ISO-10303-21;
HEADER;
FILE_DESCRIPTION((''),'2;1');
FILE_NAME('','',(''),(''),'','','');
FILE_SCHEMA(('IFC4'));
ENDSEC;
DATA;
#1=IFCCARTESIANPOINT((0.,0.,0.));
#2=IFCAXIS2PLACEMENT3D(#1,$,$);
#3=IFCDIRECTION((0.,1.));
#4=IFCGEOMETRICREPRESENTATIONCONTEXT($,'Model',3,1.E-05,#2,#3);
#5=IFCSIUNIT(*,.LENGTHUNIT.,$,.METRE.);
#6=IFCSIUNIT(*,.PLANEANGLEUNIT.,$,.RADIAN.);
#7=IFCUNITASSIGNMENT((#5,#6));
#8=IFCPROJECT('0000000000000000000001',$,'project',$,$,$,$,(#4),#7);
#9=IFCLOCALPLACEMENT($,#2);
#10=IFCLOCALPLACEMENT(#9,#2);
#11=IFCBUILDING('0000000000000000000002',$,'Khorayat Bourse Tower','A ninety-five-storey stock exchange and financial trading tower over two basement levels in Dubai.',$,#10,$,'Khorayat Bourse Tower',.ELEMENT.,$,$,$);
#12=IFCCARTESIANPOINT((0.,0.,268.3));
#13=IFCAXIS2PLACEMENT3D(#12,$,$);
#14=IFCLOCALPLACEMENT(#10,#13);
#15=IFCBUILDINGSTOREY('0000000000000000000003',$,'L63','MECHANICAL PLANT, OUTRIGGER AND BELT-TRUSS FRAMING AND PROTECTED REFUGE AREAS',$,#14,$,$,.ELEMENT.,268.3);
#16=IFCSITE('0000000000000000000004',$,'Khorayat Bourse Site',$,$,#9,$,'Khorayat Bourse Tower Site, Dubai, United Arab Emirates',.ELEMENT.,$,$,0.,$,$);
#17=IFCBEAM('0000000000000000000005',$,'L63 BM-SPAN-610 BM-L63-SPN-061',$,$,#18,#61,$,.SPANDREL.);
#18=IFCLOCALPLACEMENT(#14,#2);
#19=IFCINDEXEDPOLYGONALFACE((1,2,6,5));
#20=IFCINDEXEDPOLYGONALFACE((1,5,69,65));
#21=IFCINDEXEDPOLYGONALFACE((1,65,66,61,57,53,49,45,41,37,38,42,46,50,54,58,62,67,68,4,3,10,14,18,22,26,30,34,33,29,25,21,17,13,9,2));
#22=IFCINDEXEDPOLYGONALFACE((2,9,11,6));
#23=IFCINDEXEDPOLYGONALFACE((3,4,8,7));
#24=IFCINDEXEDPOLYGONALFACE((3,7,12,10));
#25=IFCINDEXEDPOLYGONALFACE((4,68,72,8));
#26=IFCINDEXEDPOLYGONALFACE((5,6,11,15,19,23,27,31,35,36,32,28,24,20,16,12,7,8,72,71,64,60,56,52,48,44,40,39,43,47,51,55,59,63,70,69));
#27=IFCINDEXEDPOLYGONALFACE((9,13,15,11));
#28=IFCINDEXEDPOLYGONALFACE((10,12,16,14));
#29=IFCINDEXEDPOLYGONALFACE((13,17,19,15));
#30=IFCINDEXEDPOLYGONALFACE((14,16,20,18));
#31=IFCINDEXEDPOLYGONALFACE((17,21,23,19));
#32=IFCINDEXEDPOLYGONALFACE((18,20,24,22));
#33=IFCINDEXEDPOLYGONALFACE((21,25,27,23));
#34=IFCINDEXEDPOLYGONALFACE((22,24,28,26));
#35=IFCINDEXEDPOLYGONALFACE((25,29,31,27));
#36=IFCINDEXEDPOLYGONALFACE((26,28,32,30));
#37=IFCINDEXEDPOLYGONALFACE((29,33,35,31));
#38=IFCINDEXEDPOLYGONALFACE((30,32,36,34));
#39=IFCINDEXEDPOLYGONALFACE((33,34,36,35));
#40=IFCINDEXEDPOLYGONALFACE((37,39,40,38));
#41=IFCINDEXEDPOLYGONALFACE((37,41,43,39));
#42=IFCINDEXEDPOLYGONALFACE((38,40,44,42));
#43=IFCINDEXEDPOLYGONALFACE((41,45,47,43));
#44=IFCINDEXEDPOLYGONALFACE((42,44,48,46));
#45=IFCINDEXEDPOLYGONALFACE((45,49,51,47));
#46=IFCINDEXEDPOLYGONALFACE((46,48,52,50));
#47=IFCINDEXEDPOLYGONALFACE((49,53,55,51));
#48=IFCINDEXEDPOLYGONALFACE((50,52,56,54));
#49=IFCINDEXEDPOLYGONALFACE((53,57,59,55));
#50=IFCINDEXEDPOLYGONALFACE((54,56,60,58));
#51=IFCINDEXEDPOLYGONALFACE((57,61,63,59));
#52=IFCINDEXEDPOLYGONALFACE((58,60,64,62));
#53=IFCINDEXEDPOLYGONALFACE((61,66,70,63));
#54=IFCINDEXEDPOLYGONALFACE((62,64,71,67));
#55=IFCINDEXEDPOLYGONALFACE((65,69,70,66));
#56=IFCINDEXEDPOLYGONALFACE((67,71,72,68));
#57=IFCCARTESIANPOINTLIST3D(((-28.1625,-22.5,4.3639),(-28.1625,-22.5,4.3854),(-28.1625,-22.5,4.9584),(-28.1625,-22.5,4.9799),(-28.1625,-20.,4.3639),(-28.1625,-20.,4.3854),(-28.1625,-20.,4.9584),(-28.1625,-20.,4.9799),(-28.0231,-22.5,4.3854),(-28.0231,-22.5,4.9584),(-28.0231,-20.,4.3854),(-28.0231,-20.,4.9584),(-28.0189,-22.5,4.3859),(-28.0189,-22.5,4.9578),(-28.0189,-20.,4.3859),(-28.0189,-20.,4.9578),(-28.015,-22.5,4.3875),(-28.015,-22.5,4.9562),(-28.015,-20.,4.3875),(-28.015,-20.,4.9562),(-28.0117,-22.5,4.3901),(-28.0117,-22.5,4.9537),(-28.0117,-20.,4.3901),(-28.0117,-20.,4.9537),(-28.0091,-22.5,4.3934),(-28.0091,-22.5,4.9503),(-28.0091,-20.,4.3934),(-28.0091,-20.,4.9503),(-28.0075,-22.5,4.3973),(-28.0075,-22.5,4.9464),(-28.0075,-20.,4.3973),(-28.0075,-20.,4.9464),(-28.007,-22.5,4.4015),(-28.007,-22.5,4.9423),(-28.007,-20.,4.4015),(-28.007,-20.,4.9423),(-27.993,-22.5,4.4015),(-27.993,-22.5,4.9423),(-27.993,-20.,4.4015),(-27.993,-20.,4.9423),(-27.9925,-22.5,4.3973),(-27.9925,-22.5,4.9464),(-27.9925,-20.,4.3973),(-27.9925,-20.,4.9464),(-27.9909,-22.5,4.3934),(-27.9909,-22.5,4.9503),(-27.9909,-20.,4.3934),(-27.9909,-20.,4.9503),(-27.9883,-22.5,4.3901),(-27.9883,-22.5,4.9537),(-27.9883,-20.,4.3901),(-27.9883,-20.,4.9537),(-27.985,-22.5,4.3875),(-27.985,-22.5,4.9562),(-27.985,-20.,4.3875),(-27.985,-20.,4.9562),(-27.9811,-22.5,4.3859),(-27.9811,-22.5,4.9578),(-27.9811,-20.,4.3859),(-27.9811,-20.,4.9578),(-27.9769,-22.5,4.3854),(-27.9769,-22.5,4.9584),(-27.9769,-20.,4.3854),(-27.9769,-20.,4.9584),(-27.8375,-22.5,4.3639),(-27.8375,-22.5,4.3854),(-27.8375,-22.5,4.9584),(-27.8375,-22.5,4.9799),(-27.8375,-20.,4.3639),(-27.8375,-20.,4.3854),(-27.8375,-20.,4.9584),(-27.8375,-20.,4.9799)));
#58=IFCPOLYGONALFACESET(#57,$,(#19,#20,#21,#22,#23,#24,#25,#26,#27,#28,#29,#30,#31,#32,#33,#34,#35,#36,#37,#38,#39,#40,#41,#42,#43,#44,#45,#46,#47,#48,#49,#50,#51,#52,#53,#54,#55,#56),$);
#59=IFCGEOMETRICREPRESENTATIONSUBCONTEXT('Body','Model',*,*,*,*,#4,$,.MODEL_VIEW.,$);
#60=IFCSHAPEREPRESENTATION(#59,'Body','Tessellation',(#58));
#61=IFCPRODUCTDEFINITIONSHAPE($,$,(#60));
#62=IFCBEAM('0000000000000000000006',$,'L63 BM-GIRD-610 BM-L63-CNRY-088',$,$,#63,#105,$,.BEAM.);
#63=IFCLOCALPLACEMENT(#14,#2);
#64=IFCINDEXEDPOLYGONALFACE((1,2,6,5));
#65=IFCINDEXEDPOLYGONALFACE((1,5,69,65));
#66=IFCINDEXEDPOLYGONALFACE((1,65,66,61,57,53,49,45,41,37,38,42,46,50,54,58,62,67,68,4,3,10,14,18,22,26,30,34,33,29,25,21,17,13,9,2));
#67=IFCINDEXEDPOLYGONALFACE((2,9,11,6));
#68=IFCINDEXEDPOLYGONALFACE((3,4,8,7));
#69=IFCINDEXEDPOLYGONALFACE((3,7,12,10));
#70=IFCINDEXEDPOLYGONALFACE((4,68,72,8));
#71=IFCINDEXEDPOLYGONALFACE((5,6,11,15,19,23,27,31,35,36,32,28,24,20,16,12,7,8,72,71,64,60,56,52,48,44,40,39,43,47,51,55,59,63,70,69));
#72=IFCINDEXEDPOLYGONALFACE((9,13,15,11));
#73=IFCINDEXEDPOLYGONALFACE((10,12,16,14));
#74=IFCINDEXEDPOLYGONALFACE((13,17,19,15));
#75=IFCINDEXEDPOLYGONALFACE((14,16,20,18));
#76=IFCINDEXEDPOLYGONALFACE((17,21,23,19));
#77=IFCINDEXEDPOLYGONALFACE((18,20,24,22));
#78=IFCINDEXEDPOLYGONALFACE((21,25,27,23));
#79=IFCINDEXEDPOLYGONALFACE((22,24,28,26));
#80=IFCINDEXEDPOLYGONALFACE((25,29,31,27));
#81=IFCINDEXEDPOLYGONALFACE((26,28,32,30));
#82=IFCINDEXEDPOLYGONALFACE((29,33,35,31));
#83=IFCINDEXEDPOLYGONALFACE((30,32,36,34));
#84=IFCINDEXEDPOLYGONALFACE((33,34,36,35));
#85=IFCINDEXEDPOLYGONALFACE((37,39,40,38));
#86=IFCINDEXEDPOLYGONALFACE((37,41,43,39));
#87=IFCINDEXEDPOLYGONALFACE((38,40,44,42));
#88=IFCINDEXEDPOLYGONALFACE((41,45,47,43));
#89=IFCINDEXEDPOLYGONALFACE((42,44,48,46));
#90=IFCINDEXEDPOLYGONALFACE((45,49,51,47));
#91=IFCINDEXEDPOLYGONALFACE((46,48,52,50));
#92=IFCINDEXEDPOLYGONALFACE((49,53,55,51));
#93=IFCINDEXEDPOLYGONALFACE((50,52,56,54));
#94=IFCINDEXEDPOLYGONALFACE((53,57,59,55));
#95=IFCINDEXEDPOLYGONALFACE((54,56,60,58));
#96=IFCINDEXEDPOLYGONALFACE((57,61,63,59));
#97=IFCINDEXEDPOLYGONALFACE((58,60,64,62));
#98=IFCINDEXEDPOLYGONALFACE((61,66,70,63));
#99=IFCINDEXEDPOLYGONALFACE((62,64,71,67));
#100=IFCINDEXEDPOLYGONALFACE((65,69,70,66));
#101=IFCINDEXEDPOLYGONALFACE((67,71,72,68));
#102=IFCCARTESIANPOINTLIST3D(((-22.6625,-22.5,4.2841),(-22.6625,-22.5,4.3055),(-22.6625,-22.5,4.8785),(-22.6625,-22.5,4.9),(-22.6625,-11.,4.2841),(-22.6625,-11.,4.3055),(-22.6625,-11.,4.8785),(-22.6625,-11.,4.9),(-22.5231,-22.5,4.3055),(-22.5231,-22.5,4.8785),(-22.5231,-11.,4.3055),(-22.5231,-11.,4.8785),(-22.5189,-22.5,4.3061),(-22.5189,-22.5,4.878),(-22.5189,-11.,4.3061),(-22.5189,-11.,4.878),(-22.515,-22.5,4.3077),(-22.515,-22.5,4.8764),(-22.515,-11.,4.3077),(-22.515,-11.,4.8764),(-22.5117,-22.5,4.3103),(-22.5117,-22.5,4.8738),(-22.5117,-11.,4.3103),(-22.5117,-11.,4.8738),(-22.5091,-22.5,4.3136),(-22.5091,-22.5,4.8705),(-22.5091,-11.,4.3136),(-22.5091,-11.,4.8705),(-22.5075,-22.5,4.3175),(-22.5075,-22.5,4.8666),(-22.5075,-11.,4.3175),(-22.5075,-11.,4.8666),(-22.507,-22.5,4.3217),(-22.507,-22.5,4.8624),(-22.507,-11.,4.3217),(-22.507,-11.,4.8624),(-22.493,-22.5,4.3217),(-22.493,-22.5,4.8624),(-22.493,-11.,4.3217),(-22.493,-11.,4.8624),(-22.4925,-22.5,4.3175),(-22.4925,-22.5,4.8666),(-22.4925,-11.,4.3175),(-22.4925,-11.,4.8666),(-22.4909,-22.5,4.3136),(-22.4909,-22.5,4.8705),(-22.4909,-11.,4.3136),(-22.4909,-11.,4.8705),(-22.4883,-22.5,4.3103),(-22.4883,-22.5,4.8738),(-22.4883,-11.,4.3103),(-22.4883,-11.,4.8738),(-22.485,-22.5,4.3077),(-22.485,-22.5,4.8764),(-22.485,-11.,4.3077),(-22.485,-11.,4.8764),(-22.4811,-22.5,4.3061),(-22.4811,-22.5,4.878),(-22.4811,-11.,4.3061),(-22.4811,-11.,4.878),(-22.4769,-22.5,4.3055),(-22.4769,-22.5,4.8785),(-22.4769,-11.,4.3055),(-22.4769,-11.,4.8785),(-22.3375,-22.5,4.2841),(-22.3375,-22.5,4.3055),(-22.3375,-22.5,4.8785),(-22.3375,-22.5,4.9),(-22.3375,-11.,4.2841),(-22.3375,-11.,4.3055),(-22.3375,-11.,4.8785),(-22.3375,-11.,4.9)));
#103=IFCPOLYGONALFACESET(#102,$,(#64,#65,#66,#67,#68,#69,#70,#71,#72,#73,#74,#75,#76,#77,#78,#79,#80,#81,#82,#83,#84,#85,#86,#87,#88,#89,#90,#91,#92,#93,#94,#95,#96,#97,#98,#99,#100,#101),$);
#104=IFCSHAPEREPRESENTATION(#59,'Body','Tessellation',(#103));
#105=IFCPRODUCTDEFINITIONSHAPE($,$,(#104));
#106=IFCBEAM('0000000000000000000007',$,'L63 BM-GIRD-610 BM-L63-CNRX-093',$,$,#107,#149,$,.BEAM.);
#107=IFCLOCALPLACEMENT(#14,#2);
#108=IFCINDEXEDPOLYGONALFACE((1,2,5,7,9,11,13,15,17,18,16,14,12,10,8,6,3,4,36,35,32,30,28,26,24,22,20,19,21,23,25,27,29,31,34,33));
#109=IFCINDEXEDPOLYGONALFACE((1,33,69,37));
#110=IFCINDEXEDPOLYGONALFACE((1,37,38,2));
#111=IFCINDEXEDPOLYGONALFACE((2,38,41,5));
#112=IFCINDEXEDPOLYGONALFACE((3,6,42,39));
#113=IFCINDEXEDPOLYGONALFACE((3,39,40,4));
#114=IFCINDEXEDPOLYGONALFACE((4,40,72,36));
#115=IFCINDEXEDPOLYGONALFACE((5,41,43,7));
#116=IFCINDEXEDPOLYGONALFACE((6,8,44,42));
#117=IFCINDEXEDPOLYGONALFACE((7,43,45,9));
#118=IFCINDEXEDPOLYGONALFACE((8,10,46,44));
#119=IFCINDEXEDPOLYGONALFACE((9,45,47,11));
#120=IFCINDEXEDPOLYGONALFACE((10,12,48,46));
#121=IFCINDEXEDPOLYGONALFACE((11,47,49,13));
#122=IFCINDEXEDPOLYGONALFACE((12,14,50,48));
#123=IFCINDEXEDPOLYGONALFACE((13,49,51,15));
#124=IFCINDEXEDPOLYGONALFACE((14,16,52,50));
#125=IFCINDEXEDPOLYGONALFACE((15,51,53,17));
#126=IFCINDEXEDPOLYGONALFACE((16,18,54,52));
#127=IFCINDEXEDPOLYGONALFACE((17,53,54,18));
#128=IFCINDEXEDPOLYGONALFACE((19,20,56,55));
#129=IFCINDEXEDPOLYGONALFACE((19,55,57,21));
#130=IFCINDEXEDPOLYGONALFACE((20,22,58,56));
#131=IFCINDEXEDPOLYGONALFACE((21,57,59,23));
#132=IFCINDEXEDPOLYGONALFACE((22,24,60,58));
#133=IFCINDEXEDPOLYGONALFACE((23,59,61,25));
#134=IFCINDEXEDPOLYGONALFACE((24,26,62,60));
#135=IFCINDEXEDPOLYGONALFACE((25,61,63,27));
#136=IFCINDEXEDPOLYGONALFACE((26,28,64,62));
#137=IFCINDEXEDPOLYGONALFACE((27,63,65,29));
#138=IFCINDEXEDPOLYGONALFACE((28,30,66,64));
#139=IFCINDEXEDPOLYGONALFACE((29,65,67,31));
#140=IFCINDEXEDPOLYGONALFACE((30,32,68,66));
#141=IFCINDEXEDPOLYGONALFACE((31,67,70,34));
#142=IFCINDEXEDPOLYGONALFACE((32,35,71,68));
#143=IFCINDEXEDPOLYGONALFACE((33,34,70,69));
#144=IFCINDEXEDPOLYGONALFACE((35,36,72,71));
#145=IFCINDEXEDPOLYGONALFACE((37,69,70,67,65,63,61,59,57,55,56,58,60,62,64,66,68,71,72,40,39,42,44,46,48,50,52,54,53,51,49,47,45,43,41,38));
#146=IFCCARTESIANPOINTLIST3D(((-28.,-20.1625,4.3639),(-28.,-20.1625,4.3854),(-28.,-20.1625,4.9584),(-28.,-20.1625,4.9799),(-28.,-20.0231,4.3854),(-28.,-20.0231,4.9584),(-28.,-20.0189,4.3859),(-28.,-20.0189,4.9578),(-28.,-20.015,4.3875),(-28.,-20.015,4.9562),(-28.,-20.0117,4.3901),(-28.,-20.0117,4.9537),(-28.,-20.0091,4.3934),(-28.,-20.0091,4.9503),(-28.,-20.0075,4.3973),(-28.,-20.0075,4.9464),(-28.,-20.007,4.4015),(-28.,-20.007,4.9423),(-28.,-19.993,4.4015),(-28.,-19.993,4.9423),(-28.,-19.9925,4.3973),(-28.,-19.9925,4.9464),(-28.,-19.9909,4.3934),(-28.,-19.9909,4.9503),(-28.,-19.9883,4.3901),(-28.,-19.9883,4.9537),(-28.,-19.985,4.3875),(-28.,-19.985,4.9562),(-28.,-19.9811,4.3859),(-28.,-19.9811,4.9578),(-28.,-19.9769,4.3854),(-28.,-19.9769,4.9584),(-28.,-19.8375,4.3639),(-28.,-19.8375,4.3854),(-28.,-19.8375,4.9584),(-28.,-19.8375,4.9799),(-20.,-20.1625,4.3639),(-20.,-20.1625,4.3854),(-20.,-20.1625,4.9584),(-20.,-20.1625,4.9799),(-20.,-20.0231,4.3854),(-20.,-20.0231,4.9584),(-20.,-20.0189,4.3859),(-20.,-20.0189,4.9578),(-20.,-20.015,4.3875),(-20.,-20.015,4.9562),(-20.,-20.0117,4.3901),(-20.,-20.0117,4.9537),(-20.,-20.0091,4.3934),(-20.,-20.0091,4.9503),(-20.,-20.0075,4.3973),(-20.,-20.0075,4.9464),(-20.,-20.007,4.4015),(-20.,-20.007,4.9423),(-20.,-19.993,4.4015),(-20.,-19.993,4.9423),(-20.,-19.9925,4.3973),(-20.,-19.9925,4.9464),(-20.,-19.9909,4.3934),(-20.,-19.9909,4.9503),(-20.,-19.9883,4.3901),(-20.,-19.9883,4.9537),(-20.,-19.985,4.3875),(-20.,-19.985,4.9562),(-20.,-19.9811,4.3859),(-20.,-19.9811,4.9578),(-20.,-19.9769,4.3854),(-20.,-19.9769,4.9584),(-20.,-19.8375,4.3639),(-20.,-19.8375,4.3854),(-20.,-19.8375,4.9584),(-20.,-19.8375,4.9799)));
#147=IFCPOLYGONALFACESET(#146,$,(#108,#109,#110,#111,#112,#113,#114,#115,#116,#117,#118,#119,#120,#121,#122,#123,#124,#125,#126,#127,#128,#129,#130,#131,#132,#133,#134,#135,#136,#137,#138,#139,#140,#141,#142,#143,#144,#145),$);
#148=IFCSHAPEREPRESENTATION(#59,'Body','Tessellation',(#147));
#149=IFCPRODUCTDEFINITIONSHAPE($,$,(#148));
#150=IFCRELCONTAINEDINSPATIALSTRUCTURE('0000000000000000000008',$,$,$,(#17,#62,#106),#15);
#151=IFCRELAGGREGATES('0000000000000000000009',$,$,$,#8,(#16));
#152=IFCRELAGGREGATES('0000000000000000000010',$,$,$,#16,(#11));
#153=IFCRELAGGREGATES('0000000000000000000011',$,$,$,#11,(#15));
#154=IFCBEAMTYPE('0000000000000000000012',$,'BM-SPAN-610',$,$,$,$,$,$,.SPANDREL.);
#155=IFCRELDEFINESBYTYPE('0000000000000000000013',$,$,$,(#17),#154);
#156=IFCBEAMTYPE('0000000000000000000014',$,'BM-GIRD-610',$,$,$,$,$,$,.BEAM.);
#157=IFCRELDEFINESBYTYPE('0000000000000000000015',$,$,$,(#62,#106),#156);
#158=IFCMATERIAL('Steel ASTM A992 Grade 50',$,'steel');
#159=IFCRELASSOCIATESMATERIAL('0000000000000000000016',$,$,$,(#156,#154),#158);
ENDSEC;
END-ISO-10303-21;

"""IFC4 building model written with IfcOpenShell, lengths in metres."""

from ifc_helpers import new_model, si_unit, direction, frame, origin, origin_2d, place, context, subcontext, project, spatial, i_section, extrude, source, transform, mapped, material, material_profile, profile_set, type_object, element, save


model = new_model("IFC4")

# Units and contexts
model_context = context("Model", 3, precision=1e-05, world=origin(), true_north=direction((0.0, 1.0)))
body_context = subcontext(model_context, "Body", "Model", "MODEL_VIEW")
ifc_project = project(units=[si_unit("LENGTHUNIT", "METRE"), si_unit("PLANEANGLEUNIT", "RADIAN")], contexts=[model_context])

# Site, building, storey
site_placement = place(None, origin())
site = spatial("IfcSite", under=ifc_project, at=site_placement, Name="Khorayat Bourse Site", LongName="Khorayat Bourse Tower Site, Dubai, United Arab Emirates", CompositionType="ELEMENT", RefElevation=0.0)
building_placement = place(site_placement, origin())
building = spatial("IfcBuilding", under=site, at=building_placement, Name="Khorayat Bourse Tower", Description="A ninety-five-storey stock exchange and financial trading tower over two basement levels in Dubai.", LongName="Khorayat Bourse Tower", CompositionType="ELEMENT")
storey_placement = place(building_placement, frame((0.0, 0.0, 268.3)))
storey = spatial("IfcBuildingStorey", under=building, at=storey_placement, Name="L63", Description="MECHANICAL PLANT, OUTRIGGER AND BELT-TRUSS FRAMING AND PROTECTED REFUGE AREAS", CompositionType="ELEMENT", Elevation=268.3)

# Beams
ifc_material_1 = material(Name="Steel ASTM A992 Grade 50", Category="steel")
ifc_material_profile_1 = material_profile(ifc_material_1, i_section(OverallWidth=0.325, OverallDepth=0.616, WebThickness=0.0139, FlangeThickness=0.0215, FilletRadius=0.0161, at=origin_2d()), Name="W610X174")
ifc_profile_set_1 = profile_set([ifc_material_profile_1], Name="Steel ASTM A992 Grade 50")
beam_type_1 = type_object("IfcBeamType", Name="BM-GIRD-610", PredefinedType="BEAM", material=ifc_profile_set_1)
ifc_material_profile_2 = material_profile(ifc_material_1, i_section(OverallWidth=0.325, OverallDepth=0.616, WebThickness=0.0139, FlangeThickness=0.0215, FilletRadius=0.0161, at=origin_2d()), Name="W610X174")
ifc_profile_set_2 = profile_set([ifc_material_profile_2], Name="Steel ASTM A992 Grade 50")
beam_type_2 = type_object("IfcBeamType", Name="BM-SPAN-610", PredefinedType="SPANDREL", material=ifc_profile_set_2)
shared_shape_1 = source(origin(), body_context, "Body", "SweptSolid", [
    extrude(i_section(OverallWidth=0.325, OverallDepth=0.616, WebThickness=0.0139, FlangeThickness=0.0215, FilletRadius=0.0161, at=origin_2d()), origin(), (0.0, 0.0, 1.0), 2.5),
])
for number, where, z_axis, x_axis, name in (
    (1, (-28.0, -22.5, 4.6719), (0.0, 1.0, 0.0), (-1.0, 0.0, 0.0), "L63 BM-SPAN-610 BM-L63-SPN-061"),
):
    element("IfcBeam", number, at=place(storey_placement, frame(where, z_axis=z_axis, x_axis=x_axis)), inside=storey, type_object=beam_type_2, Name=name, PredefinedType="SPANDREL", context=body_context, shape_type="MappedRepresentation", body=[
        mapped(shared_shape_1, transform((0.0, 0.0, 0.0), scale=1.0)),
    ])
shared_shape_2 = source(origin(), body_context, "Body", "SweptSolid", [
    extrude(i_section(OverallWidth=0.325, OverallDepth=0.616, WebThickness=0.0139, FlangeThickness=0.0215, FilletRadius=0.0161, at=origin_2d()), origin(), (0.0, 0.0, 1.0), 11.5),
])
beam_1_placement = place(storey_placement, frame((-22.5, -22.5, 4.592), z_axis=(0.0, 1.0, 0.0), x_axis=(-1.0, 0.0, 0.0)))
element("IfcBeam", 2, at=beam_1_placement, inside=storey, type_object=beam_type_1, Name="L63 BM-GIRD-610 BM-L63-CNRY-088", PredefinedType="BEAM", context=body_context, shape_type="MappedRepresentation", body=[
    mapped(shared_shape_2, transform((0.0, 0.0, 0.0), scale=1.0)),
])
shared_shape_3 = source(origin(), body_context, "Body", "SweptSolid", [
    extrude(i_section(OverallWidth=0.325, OverallDepth=0.616, WebThickness=0.0139, FlangeThickness=0.0215, FilletRadius=0.0161, at=origin_2d()), origin(), (0.0, 0.0, 1.0), 8.0),
])
beam_2_placement = place(storey_placement, frame((-28.0, -20.0, 4.6719), z_axis=(1.0, 0.0, 0.0), x_axis=(0.0, 1.0, 0.0)))
element("IfcBeam", 3, at=beam_2_placement, inside=storey, type_object=beam_type_1, Name="L63 BM-GIRD-610 BM-L63-CNRX-093", PredefinedType="BEAM", context=body_context, shape_type="MappedRepresentation", body=[
    mapped(shared_shape_3, transform((0.0, 0.0, 0.0), scale=1.0)),
])

save(model, "model.ifc")
